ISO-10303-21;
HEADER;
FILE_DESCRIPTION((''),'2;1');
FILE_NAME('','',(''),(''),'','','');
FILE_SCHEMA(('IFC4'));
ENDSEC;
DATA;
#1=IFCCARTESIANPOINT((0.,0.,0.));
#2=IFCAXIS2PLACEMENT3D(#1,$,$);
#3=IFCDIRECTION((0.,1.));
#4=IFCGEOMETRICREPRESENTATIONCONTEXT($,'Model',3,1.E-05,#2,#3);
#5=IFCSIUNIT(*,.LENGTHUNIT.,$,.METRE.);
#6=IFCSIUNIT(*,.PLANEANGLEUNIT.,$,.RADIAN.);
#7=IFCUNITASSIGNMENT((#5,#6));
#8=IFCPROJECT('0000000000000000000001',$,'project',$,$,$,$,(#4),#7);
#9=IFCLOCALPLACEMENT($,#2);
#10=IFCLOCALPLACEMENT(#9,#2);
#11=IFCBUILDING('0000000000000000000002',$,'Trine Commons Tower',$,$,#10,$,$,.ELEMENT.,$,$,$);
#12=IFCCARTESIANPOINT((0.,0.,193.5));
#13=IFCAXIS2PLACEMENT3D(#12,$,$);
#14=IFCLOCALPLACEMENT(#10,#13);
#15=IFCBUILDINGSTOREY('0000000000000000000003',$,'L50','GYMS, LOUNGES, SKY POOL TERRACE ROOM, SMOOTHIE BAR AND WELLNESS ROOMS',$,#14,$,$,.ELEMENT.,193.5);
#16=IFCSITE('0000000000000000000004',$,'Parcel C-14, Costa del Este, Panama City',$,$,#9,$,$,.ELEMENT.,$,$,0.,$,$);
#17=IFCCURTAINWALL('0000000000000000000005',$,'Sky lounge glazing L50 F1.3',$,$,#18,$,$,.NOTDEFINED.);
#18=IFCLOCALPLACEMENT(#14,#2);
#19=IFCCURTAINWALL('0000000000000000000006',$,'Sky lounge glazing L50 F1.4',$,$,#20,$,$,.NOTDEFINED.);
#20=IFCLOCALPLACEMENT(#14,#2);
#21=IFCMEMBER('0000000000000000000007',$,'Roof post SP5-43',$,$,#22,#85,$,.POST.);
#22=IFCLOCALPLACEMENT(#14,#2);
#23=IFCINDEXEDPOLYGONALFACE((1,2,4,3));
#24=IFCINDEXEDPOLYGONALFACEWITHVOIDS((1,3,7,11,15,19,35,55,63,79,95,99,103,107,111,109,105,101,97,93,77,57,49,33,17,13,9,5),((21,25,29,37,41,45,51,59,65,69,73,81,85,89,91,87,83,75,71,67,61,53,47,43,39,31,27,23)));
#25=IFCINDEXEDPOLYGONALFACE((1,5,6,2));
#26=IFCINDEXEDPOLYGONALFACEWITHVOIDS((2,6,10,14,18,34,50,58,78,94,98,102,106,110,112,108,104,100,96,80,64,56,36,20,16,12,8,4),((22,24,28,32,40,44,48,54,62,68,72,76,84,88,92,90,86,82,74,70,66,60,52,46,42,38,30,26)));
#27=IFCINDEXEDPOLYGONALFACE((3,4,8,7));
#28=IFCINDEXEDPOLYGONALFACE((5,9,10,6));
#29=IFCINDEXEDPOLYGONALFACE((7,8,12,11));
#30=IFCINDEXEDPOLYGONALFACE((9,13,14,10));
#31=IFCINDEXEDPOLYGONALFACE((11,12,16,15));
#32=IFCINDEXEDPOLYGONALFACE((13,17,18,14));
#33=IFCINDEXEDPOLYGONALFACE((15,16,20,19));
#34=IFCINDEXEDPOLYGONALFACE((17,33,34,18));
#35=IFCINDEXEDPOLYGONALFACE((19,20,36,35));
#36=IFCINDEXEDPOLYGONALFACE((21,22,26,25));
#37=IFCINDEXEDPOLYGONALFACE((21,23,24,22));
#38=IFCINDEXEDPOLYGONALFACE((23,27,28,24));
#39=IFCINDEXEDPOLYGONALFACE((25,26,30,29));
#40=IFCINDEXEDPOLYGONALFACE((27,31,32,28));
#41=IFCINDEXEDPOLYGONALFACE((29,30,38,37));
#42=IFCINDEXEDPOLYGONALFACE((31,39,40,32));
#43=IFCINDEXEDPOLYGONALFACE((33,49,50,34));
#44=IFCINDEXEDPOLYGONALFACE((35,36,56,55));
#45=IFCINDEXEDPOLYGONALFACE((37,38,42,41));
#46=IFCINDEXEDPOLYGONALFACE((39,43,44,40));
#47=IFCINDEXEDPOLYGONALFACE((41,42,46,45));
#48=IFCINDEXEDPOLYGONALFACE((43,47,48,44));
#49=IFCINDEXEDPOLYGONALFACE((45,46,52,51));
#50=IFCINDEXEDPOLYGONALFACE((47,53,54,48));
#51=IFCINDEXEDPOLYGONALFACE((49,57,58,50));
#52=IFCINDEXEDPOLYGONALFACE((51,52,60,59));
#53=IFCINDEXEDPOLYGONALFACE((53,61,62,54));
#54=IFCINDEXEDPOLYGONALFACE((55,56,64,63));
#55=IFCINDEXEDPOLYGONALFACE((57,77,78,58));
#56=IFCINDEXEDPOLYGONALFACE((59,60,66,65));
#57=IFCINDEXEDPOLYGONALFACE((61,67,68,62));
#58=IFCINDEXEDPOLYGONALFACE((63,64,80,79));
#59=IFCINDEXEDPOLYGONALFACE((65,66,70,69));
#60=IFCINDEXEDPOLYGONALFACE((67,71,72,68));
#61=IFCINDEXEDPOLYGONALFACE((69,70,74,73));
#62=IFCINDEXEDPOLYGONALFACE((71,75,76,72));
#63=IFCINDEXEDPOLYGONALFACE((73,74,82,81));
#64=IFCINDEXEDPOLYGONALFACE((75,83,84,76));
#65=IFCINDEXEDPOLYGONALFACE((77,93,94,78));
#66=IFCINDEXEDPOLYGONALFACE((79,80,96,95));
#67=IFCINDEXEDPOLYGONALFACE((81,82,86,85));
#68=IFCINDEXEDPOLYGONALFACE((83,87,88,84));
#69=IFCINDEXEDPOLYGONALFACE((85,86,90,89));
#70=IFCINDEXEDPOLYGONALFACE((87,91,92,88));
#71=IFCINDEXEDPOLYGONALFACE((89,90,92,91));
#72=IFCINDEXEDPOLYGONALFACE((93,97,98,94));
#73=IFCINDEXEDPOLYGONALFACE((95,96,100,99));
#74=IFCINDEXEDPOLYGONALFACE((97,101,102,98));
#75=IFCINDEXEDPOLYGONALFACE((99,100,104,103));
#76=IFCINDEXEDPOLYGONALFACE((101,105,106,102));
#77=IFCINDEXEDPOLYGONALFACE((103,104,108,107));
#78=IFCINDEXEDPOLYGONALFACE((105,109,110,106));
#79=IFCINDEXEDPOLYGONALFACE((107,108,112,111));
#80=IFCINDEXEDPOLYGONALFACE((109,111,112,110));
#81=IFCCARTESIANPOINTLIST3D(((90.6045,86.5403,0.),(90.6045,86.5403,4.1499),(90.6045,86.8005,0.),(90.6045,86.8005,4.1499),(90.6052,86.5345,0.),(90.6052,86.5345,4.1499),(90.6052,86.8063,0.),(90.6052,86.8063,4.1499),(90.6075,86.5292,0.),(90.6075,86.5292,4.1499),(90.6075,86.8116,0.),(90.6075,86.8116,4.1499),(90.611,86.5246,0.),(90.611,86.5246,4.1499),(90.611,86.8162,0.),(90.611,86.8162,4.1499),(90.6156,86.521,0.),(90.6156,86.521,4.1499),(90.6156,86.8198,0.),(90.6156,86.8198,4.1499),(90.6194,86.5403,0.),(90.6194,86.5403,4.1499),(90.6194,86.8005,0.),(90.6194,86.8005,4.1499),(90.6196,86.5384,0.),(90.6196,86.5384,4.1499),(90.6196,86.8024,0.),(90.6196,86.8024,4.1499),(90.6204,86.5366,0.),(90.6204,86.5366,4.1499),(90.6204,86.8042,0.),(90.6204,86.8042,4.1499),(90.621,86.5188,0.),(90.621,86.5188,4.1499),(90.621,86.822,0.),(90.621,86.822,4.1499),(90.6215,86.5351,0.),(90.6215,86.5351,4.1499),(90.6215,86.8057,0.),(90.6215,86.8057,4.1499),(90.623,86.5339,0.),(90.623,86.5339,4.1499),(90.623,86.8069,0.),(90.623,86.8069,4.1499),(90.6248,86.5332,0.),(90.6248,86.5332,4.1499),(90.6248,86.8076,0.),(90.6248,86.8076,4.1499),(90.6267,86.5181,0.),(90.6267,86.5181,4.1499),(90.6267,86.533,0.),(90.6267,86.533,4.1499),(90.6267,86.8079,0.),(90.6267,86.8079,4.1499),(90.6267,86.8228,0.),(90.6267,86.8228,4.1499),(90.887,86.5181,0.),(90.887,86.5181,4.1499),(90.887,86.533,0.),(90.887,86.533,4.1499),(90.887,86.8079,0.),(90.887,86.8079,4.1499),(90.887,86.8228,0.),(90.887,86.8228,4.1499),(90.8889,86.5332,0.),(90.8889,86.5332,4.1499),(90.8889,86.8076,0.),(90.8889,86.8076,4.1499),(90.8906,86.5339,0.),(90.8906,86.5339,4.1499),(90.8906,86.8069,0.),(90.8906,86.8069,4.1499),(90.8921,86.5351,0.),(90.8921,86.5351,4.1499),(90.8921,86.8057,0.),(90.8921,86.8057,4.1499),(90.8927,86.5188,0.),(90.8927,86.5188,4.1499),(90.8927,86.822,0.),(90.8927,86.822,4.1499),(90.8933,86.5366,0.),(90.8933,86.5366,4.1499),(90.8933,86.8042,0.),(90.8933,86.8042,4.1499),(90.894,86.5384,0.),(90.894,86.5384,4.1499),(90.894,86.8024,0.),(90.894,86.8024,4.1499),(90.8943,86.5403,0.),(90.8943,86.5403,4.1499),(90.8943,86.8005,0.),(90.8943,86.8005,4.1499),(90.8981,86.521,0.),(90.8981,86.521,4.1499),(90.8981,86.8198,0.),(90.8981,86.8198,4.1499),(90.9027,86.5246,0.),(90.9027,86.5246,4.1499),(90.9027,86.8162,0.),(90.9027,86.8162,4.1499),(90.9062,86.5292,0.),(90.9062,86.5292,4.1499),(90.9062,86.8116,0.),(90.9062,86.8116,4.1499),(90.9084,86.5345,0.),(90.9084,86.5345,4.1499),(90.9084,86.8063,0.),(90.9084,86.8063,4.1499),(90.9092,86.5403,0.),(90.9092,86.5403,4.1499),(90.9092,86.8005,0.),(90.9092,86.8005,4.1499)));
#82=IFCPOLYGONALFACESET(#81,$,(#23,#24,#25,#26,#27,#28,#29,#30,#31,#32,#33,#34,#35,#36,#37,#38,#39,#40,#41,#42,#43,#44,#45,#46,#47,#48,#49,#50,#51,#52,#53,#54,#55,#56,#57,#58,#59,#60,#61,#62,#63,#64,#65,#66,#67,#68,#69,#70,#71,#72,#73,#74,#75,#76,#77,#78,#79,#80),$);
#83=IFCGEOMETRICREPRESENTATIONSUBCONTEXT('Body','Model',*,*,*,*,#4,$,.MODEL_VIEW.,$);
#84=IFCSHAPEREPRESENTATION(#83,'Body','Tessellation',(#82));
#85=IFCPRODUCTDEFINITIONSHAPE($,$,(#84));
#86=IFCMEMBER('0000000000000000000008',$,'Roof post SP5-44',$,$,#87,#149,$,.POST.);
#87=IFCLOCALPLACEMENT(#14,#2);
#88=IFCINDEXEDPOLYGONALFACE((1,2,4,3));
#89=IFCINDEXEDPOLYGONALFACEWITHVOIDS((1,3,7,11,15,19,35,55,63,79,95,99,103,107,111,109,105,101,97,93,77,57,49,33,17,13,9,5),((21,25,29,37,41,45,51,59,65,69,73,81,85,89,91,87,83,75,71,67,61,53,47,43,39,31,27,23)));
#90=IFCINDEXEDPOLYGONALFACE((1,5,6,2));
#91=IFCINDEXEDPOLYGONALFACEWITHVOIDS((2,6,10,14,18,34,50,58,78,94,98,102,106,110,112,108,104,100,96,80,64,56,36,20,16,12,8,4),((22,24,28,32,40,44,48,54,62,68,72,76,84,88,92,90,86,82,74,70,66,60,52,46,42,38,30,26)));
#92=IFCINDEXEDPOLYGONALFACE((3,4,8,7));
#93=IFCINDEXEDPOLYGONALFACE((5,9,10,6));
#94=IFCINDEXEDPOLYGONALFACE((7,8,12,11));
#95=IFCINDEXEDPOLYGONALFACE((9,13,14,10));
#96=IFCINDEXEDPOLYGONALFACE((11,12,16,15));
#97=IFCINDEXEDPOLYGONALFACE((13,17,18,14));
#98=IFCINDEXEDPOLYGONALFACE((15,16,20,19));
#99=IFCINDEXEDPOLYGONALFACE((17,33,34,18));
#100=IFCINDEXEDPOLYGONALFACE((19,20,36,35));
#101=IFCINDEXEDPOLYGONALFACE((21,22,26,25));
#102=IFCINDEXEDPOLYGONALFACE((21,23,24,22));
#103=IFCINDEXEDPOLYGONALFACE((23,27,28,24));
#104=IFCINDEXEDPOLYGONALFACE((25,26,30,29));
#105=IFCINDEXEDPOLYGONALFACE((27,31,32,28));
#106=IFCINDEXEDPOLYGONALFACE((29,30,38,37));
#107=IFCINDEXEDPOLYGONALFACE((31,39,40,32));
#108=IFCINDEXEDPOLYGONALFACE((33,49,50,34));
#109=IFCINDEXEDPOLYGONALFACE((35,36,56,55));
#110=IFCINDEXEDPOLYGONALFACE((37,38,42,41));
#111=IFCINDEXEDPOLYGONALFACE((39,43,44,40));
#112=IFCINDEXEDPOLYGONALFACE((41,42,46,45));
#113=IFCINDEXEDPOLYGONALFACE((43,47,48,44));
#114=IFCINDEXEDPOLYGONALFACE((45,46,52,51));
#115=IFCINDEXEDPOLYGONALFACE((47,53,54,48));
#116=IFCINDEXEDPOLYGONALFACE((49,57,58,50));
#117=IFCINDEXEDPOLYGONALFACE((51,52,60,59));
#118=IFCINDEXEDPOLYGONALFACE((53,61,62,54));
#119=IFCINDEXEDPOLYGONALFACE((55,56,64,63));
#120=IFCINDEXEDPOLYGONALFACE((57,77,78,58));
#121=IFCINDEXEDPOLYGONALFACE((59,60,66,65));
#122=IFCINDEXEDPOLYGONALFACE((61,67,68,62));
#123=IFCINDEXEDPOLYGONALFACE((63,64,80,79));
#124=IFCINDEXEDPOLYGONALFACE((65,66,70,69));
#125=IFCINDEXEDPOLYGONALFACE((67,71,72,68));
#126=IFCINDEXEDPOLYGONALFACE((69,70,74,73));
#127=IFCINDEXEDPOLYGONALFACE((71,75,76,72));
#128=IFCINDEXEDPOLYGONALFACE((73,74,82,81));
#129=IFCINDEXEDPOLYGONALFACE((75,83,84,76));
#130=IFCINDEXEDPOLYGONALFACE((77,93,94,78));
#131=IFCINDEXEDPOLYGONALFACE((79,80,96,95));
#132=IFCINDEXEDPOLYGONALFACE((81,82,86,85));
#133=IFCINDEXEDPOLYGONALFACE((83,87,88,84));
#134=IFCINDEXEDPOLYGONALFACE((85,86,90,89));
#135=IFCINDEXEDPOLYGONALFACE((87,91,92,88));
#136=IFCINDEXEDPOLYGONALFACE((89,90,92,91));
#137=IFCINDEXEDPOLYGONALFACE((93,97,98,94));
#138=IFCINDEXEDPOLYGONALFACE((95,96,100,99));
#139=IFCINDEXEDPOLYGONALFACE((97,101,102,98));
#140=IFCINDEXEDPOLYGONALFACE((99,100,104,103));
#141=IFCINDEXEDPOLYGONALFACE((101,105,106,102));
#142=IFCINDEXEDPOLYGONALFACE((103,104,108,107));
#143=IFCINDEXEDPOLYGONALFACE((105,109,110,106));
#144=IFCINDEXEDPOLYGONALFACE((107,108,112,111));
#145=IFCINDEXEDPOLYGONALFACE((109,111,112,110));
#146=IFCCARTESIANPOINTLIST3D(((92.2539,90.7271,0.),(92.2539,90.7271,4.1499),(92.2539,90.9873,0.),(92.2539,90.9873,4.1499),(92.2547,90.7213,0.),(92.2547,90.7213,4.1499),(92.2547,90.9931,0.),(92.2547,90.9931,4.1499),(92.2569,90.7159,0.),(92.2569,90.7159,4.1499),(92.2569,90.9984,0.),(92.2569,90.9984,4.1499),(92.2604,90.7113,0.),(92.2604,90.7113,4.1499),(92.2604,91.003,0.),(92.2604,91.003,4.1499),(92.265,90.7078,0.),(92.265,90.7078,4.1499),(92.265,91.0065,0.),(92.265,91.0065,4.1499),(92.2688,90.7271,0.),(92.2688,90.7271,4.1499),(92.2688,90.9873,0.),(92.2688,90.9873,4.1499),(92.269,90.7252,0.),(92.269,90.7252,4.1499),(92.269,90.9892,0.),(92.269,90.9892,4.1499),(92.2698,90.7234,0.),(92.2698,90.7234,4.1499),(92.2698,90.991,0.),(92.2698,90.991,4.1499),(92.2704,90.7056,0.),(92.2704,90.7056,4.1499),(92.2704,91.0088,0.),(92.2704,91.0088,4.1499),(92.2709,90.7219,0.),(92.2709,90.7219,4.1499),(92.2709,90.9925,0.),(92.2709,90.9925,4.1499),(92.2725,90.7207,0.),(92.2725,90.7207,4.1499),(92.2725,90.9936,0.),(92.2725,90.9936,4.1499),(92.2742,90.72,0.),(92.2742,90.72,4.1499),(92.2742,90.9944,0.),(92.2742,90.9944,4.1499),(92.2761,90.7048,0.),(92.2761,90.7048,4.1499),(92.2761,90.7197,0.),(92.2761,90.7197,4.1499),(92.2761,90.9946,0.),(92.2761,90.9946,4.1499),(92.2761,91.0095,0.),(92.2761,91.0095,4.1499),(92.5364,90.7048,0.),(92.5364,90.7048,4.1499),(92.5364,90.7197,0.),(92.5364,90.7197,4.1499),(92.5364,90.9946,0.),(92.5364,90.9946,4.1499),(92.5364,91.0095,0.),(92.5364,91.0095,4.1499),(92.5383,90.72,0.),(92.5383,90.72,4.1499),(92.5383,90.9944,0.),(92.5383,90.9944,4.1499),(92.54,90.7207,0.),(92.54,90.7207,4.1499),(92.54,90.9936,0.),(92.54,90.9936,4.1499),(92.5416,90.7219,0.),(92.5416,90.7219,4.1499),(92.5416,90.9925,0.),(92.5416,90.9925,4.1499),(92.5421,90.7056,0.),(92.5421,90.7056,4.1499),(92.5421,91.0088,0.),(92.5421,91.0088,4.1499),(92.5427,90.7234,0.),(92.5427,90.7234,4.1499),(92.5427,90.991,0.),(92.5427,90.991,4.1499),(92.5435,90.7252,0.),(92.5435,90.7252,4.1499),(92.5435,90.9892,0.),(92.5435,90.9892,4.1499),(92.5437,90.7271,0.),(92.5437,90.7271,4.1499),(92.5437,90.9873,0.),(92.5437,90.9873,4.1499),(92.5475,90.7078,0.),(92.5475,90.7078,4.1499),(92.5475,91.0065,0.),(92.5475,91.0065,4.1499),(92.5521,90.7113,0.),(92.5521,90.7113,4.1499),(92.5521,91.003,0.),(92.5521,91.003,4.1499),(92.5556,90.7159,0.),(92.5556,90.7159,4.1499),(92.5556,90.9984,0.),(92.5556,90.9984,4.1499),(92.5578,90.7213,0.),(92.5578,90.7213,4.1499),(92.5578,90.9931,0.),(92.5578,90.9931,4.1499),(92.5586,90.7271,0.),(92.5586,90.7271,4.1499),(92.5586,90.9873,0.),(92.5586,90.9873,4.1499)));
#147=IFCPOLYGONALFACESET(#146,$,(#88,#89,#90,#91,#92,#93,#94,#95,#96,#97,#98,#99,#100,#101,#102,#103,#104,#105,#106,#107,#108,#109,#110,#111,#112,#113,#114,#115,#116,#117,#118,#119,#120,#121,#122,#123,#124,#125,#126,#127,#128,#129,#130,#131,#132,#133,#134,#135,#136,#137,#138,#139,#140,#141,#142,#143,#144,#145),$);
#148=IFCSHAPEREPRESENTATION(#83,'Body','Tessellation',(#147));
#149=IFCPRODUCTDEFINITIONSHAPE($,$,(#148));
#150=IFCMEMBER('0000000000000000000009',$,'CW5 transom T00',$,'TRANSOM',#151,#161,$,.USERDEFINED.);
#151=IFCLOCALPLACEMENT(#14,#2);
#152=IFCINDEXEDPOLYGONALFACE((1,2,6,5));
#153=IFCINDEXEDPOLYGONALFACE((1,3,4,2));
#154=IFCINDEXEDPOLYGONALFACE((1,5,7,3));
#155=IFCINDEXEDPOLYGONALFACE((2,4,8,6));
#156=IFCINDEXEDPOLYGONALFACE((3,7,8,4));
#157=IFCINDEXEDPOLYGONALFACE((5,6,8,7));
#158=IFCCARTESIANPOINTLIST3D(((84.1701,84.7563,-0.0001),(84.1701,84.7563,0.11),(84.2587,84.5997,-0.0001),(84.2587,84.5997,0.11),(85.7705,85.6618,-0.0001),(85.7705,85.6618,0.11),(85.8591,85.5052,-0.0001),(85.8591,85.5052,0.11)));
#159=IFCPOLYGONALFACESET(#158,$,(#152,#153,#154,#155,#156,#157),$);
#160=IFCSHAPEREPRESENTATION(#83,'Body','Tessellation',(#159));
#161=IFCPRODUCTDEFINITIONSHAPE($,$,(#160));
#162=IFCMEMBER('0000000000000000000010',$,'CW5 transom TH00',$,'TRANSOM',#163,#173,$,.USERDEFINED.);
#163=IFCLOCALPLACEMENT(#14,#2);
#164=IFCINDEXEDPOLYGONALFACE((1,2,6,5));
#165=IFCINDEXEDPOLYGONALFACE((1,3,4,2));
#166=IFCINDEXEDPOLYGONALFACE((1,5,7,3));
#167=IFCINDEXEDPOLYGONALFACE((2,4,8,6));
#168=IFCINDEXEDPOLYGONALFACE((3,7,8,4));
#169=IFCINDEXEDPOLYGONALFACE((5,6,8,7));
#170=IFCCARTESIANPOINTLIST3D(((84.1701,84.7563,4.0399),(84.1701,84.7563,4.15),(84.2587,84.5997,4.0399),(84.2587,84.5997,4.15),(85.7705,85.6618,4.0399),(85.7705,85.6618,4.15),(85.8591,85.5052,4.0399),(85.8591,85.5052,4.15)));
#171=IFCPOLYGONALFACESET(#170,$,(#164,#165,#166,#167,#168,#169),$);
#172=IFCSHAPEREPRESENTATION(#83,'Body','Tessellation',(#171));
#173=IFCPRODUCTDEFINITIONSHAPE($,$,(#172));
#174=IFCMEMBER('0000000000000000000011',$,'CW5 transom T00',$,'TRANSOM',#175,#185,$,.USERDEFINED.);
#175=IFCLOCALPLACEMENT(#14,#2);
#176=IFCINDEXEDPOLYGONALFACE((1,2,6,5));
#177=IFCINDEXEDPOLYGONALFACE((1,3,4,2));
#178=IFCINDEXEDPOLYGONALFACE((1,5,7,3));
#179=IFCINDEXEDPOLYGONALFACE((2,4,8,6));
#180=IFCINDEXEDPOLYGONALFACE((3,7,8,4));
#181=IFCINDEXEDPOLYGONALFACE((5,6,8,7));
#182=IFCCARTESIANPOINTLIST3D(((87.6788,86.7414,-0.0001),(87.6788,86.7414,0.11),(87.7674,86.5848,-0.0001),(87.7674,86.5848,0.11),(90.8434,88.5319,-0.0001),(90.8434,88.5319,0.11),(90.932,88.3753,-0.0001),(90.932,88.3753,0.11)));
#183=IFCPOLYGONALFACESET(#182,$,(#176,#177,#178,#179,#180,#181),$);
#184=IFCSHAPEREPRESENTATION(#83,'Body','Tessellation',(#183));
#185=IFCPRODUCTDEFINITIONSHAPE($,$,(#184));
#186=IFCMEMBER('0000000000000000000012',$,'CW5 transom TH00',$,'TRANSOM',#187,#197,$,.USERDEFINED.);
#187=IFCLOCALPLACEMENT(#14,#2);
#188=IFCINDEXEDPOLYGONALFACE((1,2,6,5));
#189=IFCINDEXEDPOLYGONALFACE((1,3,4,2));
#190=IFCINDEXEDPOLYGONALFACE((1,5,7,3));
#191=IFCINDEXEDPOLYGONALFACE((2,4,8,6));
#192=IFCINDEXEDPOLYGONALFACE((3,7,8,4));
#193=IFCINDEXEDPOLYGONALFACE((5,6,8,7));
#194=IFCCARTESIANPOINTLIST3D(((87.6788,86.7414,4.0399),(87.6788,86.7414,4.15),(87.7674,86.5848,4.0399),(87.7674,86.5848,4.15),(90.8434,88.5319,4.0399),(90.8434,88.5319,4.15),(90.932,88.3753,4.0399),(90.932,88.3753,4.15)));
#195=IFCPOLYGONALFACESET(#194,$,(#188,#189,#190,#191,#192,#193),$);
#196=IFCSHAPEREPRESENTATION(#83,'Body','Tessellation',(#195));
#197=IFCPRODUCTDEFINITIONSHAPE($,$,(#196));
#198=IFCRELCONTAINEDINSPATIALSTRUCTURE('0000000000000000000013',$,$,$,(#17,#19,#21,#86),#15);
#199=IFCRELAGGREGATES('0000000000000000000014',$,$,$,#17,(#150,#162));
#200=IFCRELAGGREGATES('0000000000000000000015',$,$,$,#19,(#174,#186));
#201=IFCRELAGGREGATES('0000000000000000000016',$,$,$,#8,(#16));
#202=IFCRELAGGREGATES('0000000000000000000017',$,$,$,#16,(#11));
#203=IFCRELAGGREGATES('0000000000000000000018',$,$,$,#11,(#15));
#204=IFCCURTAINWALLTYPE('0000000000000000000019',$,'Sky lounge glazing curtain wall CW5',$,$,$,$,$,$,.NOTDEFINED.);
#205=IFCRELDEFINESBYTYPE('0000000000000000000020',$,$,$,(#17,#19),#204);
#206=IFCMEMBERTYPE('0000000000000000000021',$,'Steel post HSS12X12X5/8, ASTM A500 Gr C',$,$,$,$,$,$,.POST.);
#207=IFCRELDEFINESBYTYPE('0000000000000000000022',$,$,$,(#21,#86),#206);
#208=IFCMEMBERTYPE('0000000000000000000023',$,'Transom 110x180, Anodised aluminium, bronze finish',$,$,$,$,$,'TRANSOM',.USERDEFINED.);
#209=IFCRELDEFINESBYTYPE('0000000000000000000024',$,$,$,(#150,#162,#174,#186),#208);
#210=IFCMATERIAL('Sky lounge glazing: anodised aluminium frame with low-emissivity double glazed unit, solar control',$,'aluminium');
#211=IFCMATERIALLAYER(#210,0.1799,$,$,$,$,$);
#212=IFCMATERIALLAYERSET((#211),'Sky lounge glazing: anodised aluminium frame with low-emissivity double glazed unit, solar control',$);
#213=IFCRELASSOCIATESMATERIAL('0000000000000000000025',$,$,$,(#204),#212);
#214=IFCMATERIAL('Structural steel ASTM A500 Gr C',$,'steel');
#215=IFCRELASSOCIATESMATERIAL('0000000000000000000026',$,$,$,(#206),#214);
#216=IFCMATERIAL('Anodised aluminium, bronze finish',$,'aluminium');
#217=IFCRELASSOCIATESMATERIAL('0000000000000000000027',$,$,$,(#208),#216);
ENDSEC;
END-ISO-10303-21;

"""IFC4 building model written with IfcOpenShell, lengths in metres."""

from ifc_helpers import new_model, si_unit, direction, frame, origin, origin_2d, place, context, subcontext, project, spatial, rectangle, hollow_rectangle, extrude, material, layer, layer_set, material_profile, profile_set, type_object, element, aggregate, save


model = new_model("IFC4")

# Units and contexts
model_context = context("Model", 3, precision=1e-05, world=origin(), true_north=direction((0.0, 1.0)))
body_context = subcontext(model_context, "Body", "Model", "MODEL_VIEW")
ifc_project = project(units=[si_unit("LENGTHUNIT", "METRE"), si_unit("PLANEANGLEUNIT", "RADIAN")], contexts=[model_context])

# Site, building, storey
site_placement = place(None, origin())
site = spatial("IfcSite", under=ifc_project, at=site_placement, Name="Parcel C-14, Costa del Este, Panama City", CompositionType="ELEMENT", RefElevation=0.0)
building_placement = place(site_placement, origin())
building = spatial("IfcBuilding", under=site, at=building_placement, Name="Trine Commons Tower", CompositionType="ELEMENT")
storey_placement = place(building_placement, frame((0.0, 0.0, 193.5)))
storey = spatial("IfcBuildingStorey", under=building, at=storey_placement, Name="L50", Description="GYMS, LOUNGES, SKY POOL TERRACE ROOM, SMOOTHIE BAR AND WELLNESS ROOMS", CompositionType="ELEMENT", Elevation=193.5)

# Curtain walls
ifc_material_1 = material(Name="Sky lounge glazing: anodised aluminium frame with low-emissivity double glazed unit, solar control", Category="aluminium")
ifc_layer_1 = layer(ifc_material_1, 0.1799)
ifc_layer_set_1 = layer_set([ifc_layer_1], Name="Sky lounge glazing: anodised aluminium frame with low-emissivity double glazed unit, solar control")
curtain_wall_type = type_object("IfcCurtainWallType", Name="Sky lounge glazing curtain wall CW5", PredefinedType="NOTDEFINED", material=ifc_layer_set_1)
curtain_wall_1_placement = place(storey_placement, origin())
curtain_wall_1 = element("IfcCurtainWall", 1, at=curtain_wall_1_placement, inside=storey, type_object=curtain_wall_type, Name="Sky lounge glazing L50 F1.3", PredefinedType="NOTDEFINED")
ifc_material_2 = material(Name="Anodised aluminium, bronze finish", Category="aluminium")
curtain_wall_2_placement = place(storey_placement, origin())
curtain_wall_2 = element("IfcCurtainWall", 2, at=curtain_wall_2_placement, inside=storey, type_object=curtain_wall_type, Name="Sky lounge glazing L50 F1.4", PredefinedType="NOTDEFINED")

# Members
ifc_material_3 = material(Name="Structural steel ASTM A500 Gr C", Category="steel")
ifc_material_profile_1 = material_profile(ifc_material_3, hollow_rectangle(XDim=0.3047, YDim=0.3047, WallThickness=0.0149, InnerFilletRadius=0.0073, OuterFilletRadius=0.0222, at=origin_2d()), Name="HSS12X12X5/8")
ifc_profile_set_1 = profile_set([ifc_material_profile_1], Name="Structural steel ASTM A500 Gr C")
member_type_1 = type_object("IfcMemberType", Name="Steel post HSS12X12X5/8, ASTM A500 Gr C", PredefinedType="POST", material=ifc_profile_set_1)
for number, where, z_axis, x_axis, name in (
    (3, (90.7568, 86.6704, 0.0), (0.0, 0.0, 1.0), (1.0, 0.0, 0.0), "Roof post SP5-43"),
    (4, (92.4062, 90.8572, 0.0), (0.0, 0.0, 1.0), (1.0, 0.0, 0.0), "Roof post SP5-44"),
):
    element("IfcMember", number, at=place(storey_placement, frame(where, z_axis=z_axis, x_axis=x_axis)), inside=storey, type_object=member_type_1, Name=name, PredefinedType="POST", context=body_context, shape_type="SweptSolid", body=[
        extrude(hollow_rectangle(XDim=0.3047, YDim=0.3047, WallThickness=0.0149, InnerFilletRadius=0.0073, OuterFilletRadius=0.0222, at=origin_2d()), origin(), (0.0, 0.0, 1.0), 4.1499),
    ])

# Members
ifc_material_profile_2 = material_profile(ifc_material_2, rectangle(XDim=0.1799, YDim=0.1101, at=origin_2d()), Name="Transom 110x180")
ifc_profile_set_2 = profile_set([ifc_material_profile_2], Name="Anodised aluminium, bronze finish")
member_type_2 = type_object("IfcMemberType", Name="Transom 110x180, Anodised aluminium, bronze finish", ElementType="TRANSOM", PredefinedType="USERDEFINED", material=ifc_profile_set_2)
member_1_placement = place(storey_placement, frame((84.2144, 84.678, 0.0549), z_axis=(0.870335, 0.49246, 0.0), x_axis=(-0.49246, 0.870335, 0.0)))
member_1 = element("IfcMember", 5, at=member_1_placement, type_object=member_type_2, Name="CW5 transom T00", ObjectType="TRANSOM", PredefinedType="USERDEFINED", context=body_context, shape_type="SweptSolid", body=[
    extrude(rectangle(XDim=0.1799, YDim=0.1101, at=origin_2d()), origin(), (0.0, 0.0, 1.0), 1.8389),
])
member_2_placement = place(storey_placement, frame((84.2144, 84.678, 4.095), z_axis=(0.870335, 0.49246, 0.0), x_axis=(-0.49246, 0.870335, 0.0)))
member_2 = element("IfcMember", 6, at=member_2_placement, type_object=member_type_2, Name="CW5 transom TH00", ObjectType="TRANSOM", PredefinedType="USERDEFINED", context=body_context, shape_type="SweptSolid", body=[
    extrude(rectangle(XDim=0.1799, YDim=0.1101, at=origin_2d()), origin(), (0.0, 0.0, 1.0), 1.8389),
])
member_3_placement = place(storey_placement, frame((87.7231, 86.6631, 0.0549), z_axis=(0.870343, 0.492447, 0.0), x_axis=(-0.492447, 0.870343, 0.0)))
member_3 = element("IfcMember", 7, at=member_3_placement, type_object=member_type_2, Name="CW5 transom T00", ObjectType="TRANSOM", PredefinedType="USERDEFINED", context=body_context, shape_type="SweptSolid", body=[
    extrude(rectangle(XDim=0.1799, YDim=0.1101, at=origin_2d()), origin(), (0.0, 0.0, 1.0), 3.636),
])
member_4_placement = place(storey_placement, frame((87.7231, 86.6631, 4.095), z_axis=(0.870343, 0.492447, 0.0), x_axis=(-0.492447, 0.870343, 0.0)))
member_4 = element("IfcMember", 8, at=member_4_placement, type_object=member_type_2, Name="CW5 transom TH00", ObjectType="TRANSOM", PredefinedType="USERDEFINED", context=body_context, shape_type="SweptSolid", body=[
    extrude(rectangle(XDim=0.1799, YDim=0.1101, at=origin_2d()), origin(), (0.0, 0.0, 1.0), 3.636),
])

aggregate(curtain_wall_1, [member_1, member_2])
aggregate(curtain_wall_2, [member_3, member_4])

save(model, "model.ifc")
